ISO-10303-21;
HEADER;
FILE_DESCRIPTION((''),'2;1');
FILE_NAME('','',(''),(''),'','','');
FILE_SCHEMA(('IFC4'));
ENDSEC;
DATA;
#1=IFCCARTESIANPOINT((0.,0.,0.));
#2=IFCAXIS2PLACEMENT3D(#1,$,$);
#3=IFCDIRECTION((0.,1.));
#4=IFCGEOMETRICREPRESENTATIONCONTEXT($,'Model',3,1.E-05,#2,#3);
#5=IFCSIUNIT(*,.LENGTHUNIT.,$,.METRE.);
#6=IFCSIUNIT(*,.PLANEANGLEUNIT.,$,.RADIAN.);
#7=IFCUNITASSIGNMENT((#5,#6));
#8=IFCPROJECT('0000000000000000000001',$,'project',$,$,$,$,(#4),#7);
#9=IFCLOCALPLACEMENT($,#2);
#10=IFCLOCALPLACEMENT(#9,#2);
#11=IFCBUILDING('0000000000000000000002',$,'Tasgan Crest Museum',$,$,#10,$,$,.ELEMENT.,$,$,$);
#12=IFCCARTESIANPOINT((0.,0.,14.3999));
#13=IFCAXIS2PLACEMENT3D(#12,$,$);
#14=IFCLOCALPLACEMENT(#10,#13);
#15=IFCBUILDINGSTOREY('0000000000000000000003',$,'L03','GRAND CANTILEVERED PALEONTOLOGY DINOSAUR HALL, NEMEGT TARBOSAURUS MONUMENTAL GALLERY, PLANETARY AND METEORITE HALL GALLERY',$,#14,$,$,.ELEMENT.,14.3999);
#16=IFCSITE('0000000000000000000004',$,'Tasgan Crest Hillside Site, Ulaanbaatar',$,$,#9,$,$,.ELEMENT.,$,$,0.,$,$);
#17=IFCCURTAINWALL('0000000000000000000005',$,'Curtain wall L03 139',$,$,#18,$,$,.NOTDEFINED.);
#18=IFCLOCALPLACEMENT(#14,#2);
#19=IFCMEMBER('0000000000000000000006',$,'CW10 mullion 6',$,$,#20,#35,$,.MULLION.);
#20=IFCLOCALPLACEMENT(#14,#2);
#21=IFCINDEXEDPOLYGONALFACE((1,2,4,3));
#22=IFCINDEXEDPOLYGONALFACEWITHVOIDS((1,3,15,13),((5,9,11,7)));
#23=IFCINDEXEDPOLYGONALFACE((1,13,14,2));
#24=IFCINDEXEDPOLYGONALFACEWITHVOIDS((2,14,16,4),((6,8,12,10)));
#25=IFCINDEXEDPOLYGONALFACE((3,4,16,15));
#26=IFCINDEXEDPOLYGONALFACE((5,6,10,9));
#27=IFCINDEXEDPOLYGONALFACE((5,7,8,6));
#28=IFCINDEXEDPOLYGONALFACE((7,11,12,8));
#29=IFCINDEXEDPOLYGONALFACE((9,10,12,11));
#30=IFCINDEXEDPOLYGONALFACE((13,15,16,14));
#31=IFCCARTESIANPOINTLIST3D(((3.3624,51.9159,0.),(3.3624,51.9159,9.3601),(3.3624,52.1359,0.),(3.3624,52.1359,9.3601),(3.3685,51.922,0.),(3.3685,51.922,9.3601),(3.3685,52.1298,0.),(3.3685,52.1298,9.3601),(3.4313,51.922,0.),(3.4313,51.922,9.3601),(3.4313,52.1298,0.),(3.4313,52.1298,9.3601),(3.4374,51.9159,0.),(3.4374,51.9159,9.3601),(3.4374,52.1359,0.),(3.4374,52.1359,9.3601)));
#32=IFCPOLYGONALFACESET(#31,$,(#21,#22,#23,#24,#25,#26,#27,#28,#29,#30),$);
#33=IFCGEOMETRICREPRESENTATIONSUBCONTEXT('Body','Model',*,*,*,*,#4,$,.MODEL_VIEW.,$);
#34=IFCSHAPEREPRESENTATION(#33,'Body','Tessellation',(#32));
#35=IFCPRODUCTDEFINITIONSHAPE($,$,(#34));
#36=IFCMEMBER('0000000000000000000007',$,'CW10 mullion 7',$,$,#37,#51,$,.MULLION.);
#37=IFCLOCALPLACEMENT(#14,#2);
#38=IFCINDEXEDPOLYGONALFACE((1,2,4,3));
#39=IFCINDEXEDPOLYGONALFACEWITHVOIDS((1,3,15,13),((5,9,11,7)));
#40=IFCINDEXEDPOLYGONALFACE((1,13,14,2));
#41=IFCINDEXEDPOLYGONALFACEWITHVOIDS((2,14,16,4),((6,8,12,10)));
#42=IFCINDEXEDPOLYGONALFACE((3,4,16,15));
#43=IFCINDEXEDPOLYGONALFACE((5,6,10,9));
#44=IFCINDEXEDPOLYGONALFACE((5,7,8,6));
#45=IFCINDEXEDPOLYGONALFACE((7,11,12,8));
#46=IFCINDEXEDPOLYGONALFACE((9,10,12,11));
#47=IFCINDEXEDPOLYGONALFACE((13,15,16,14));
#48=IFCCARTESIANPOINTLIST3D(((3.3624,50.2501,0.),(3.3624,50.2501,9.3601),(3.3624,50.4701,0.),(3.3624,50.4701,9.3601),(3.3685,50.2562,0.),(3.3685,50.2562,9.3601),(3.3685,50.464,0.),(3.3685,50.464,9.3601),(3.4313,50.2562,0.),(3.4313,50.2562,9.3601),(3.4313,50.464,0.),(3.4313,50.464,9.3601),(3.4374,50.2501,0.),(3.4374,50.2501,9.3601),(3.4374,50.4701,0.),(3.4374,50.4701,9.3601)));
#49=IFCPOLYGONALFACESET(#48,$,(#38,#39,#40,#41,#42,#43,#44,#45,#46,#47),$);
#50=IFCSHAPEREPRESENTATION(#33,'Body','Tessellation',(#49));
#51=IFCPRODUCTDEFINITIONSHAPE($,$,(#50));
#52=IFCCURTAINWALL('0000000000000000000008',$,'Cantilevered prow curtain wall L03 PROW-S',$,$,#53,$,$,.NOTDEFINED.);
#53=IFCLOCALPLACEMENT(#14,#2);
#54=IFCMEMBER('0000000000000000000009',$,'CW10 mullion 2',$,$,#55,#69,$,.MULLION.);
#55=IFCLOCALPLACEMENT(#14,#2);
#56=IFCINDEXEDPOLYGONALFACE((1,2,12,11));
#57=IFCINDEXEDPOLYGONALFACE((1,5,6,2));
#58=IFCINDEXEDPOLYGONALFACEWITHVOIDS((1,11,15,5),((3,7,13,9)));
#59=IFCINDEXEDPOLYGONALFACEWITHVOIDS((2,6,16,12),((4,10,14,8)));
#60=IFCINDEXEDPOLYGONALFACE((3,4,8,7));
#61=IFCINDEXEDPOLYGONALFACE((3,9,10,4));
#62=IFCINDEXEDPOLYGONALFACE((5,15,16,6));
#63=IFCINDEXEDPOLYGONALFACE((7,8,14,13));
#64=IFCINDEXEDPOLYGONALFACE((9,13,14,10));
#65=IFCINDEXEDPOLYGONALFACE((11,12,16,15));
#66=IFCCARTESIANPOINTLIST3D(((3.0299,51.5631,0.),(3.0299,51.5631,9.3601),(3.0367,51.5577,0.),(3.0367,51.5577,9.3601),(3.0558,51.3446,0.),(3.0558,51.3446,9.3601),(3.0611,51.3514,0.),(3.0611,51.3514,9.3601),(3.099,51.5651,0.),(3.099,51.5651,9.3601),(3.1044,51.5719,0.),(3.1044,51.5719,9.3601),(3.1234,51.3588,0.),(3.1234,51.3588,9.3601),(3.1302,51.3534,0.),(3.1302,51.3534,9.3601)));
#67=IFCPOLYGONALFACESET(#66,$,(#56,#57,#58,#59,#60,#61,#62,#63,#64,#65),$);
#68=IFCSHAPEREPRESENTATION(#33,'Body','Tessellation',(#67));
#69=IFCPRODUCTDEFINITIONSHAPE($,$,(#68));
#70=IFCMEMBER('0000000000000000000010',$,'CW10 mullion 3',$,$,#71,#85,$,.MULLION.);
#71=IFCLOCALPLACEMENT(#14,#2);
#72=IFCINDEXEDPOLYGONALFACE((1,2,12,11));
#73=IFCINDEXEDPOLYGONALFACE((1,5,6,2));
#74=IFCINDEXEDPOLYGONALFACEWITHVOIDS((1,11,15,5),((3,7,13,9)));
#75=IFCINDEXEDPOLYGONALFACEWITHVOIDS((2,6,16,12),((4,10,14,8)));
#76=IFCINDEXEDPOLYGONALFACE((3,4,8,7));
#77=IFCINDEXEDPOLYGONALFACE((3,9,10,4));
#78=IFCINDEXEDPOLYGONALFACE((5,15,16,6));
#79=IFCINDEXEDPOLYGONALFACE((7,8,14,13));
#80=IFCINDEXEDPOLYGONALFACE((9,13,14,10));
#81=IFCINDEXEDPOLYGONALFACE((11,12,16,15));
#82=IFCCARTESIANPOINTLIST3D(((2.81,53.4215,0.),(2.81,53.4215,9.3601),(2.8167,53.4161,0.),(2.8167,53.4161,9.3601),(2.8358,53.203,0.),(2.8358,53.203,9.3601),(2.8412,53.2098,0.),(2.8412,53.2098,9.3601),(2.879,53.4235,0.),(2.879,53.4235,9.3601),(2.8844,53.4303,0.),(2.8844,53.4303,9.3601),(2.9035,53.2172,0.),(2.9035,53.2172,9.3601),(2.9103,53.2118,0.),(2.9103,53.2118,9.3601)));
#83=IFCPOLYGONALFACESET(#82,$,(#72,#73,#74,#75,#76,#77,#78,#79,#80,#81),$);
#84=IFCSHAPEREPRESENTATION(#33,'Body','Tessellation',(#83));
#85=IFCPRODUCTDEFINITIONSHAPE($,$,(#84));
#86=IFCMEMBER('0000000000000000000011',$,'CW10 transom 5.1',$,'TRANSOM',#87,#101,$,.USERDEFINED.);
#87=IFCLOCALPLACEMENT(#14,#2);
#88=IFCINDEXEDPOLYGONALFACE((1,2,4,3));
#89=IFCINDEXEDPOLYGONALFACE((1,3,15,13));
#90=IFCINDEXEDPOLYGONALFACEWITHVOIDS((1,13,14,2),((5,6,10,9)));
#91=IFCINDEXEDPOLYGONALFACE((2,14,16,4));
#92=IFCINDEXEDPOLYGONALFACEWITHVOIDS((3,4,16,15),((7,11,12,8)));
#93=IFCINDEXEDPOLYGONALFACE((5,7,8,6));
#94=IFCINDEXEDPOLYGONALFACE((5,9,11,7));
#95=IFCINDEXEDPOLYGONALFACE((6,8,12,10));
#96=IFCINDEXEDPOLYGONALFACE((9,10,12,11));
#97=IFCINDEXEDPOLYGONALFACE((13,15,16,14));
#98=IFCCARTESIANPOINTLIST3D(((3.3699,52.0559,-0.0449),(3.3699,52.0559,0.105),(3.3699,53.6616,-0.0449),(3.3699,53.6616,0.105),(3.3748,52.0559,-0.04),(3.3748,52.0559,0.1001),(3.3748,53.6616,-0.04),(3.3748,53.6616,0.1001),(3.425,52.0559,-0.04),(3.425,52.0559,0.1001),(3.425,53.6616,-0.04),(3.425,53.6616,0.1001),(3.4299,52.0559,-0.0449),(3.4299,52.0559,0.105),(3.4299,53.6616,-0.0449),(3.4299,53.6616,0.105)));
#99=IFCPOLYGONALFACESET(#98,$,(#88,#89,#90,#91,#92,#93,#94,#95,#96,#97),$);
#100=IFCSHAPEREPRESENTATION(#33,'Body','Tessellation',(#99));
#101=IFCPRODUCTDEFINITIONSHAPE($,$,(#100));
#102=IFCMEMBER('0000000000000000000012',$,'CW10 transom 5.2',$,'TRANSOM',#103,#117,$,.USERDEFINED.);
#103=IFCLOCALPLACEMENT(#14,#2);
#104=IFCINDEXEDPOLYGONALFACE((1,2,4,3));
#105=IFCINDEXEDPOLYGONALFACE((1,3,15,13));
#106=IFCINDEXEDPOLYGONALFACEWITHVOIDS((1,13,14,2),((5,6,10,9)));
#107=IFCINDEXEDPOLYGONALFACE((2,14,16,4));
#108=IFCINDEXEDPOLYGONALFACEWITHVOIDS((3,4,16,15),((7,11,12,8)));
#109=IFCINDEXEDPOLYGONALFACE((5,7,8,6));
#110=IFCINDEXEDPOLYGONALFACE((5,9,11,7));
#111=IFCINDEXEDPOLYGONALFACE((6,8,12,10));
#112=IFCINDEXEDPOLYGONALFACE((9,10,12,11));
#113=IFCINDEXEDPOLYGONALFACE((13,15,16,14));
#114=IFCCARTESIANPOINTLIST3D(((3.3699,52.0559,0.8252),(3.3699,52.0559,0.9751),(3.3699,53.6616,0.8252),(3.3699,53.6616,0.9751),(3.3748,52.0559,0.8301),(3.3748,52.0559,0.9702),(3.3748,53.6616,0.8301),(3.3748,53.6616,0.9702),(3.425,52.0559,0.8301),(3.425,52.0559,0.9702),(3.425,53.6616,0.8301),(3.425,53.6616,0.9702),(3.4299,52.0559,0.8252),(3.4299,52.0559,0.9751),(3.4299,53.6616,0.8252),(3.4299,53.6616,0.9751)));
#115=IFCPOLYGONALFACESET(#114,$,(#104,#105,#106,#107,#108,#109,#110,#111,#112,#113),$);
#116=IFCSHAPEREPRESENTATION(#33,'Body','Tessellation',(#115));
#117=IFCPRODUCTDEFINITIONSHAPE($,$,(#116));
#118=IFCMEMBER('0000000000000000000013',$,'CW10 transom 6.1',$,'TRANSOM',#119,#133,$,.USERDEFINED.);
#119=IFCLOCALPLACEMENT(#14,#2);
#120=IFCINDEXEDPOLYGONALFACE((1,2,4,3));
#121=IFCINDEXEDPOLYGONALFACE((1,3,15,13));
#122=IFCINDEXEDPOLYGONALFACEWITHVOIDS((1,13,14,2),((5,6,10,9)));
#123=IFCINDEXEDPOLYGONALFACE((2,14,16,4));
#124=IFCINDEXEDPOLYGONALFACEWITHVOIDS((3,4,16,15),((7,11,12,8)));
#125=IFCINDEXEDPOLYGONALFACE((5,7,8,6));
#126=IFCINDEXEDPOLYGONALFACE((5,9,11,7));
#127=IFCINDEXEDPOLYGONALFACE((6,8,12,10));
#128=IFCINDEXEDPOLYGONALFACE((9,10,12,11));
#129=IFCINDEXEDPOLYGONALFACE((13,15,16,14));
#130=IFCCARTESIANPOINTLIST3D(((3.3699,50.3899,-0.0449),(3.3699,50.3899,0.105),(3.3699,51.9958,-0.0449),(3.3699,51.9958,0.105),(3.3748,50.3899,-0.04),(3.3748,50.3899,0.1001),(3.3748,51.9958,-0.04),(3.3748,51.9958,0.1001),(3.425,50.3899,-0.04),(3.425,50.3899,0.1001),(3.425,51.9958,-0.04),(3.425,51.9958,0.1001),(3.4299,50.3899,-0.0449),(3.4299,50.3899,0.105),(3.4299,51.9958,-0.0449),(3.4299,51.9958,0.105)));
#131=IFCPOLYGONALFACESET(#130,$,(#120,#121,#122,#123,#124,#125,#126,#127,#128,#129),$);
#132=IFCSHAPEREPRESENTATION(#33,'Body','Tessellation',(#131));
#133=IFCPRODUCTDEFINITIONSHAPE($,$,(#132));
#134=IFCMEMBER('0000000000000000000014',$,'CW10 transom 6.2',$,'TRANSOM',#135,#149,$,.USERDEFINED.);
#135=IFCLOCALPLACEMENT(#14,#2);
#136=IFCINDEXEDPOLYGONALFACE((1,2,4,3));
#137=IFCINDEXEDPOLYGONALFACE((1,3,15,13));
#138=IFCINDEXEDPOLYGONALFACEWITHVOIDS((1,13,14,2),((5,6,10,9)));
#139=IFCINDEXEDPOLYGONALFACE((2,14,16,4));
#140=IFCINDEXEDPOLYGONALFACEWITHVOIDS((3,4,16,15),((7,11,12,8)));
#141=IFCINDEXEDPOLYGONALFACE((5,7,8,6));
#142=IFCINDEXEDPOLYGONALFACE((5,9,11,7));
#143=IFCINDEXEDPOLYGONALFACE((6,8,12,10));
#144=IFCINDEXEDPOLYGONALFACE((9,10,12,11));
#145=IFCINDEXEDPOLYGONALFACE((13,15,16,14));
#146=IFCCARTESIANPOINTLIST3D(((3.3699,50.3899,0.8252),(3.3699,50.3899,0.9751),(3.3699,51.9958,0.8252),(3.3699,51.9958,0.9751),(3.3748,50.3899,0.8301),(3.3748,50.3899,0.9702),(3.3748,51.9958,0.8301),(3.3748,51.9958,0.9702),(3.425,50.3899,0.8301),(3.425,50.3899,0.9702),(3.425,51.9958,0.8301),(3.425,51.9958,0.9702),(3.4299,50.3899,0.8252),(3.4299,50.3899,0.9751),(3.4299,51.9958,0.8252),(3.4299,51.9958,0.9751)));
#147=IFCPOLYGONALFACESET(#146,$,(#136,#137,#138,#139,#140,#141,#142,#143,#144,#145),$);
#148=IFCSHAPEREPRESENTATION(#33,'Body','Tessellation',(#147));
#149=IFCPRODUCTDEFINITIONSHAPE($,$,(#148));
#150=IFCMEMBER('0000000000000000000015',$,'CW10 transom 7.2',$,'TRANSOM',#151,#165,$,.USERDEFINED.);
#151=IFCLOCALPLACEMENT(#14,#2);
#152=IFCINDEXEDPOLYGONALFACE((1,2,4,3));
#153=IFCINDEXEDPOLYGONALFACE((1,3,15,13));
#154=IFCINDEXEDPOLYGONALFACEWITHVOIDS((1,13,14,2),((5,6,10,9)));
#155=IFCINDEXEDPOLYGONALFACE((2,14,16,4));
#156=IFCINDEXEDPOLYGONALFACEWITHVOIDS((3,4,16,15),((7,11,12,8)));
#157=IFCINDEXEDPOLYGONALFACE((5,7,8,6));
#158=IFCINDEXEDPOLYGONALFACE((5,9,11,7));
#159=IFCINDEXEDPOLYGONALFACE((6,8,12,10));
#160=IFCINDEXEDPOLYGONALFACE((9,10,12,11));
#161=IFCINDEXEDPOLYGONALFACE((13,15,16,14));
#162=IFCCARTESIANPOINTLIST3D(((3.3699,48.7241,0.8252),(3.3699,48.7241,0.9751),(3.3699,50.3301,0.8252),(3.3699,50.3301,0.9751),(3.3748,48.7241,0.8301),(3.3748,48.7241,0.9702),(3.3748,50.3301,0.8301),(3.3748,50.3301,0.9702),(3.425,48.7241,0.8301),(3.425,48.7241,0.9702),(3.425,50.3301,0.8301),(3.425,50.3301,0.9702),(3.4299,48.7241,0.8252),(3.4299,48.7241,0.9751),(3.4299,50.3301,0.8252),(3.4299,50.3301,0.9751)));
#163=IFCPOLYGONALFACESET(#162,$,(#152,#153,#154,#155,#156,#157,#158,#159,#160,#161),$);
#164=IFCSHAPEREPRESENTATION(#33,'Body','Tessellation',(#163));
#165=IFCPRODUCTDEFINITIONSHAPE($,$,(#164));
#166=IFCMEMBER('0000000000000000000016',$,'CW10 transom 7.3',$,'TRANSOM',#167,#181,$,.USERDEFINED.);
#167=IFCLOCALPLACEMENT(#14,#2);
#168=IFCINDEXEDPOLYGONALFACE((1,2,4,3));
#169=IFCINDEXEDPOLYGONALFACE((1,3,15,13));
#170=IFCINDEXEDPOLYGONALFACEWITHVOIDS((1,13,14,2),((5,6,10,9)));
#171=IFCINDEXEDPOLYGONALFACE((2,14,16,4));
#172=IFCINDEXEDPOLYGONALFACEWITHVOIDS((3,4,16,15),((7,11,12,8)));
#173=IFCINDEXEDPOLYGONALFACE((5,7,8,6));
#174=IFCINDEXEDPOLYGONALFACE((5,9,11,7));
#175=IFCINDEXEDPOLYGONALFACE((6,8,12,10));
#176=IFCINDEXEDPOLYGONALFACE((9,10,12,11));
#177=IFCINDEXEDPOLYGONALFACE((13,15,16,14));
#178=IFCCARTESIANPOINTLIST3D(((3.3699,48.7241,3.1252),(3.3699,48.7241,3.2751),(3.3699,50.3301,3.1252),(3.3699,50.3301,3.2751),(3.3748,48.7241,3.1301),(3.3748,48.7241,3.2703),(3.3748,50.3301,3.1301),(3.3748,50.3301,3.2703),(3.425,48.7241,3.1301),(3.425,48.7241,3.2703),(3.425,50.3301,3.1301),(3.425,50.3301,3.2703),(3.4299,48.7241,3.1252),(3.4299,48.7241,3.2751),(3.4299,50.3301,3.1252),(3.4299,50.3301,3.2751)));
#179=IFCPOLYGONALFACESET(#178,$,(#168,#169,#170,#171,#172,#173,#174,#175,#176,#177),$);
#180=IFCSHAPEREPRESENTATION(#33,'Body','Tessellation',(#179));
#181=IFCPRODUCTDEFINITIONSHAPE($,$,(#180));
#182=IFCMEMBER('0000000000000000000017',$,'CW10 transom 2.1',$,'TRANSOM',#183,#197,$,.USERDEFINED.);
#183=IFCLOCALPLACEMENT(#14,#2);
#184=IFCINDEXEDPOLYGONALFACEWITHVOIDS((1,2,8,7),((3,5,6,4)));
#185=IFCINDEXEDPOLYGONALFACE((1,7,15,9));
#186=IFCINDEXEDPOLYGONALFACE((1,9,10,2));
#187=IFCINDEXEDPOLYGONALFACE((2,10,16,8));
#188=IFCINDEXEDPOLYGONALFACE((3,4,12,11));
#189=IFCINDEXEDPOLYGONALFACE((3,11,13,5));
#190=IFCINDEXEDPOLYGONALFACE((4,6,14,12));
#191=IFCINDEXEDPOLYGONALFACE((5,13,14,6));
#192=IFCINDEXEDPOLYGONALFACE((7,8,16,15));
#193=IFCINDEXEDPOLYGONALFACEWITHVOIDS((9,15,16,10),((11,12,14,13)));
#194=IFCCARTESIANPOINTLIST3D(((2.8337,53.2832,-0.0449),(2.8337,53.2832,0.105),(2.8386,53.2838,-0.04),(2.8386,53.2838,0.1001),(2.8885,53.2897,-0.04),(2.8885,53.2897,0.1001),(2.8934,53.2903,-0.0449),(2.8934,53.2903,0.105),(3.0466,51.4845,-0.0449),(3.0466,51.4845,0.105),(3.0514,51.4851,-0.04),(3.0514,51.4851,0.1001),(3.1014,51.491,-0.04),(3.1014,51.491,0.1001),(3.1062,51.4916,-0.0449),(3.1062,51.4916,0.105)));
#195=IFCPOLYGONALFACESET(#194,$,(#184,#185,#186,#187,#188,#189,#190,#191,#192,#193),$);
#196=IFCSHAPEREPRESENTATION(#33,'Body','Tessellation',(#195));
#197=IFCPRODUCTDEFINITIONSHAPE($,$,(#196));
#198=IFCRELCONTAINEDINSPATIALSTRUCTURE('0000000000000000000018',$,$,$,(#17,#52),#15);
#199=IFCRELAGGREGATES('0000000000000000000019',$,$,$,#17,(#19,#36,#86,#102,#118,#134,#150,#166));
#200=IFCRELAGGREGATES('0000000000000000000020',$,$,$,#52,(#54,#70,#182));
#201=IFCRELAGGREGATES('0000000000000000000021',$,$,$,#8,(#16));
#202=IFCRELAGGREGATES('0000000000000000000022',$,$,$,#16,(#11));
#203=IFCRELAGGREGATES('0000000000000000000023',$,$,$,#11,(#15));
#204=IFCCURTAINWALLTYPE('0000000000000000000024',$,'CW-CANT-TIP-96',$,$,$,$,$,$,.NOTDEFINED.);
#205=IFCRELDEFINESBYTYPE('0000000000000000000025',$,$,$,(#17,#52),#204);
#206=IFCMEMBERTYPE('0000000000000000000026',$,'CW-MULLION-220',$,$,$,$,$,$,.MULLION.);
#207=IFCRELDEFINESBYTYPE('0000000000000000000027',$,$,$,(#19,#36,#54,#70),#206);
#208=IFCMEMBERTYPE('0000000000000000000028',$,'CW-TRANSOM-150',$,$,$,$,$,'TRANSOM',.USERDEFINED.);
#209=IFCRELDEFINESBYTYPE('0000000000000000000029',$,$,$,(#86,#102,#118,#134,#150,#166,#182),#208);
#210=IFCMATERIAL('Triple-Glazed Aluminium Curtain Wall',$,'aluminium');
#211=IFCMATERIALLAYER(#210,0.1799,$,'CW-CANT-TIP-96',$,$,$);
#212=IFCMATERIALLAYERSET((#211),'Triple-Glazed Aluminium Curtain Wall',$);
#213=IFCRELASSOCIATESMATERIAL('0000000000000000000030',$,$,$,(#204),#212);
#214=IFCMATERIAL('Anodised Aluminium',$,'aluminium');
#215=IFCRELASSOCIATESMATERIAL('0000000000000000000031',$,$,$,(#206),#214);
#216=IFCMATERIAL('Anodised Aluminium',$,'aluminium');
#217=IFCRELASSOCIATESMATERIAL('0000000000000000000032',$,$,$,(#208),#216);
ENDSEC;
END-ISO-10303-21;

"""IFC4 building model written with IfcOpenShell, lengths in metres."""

from ifc_helpers import new_model, si_unit, direction, frame, origin, origin_2d, place, context, subcontext, project, spatial, hollow_rectangle, extrude, material, layer, layer_set, material_profile, profile_set, type_object, element, aggregate, save


model = new_model("IFC4")

# Units and contexts
model_context = context("Model", 3, precision=1e-05, world=origin(), true_north=direction((0.0, 1.0)))
body_context = subcontext(model_context, "Body", "Model", "MODEL_VIEW")
ifc_project = project(units=[si_unit("LENGTHUNIT", "METRE"), si_unit("PLANEANGLEUNIT", "RADIAN")], contexts=[model_context])

# Site, building, storey
site_placement = place(None, origin())
site = spatial("IfcSite", under=ifc_project, at=site_placement, Name="Tasgan Crest Hillside Site, Ulaanbaatar", CompositionType="ELEMENT", RefElevation=0.0)
building_placement = place(site_placement, origin())
building = spatial("IfcBuilding", under=site, at=building_placement, Name="Tasgan Crest Museum", CompositionType="ELEMENT")
storey_placement = place(building_placement, frame((0.0, 0.0, 14.3999)))
storey = spatial("IfcBuildingStorey", under=building, at=storey_placement, Name="L03", Description="GRAND CANTILEVERED PALEONTOLOGY DINOSAUR HALL, NEMEGT TARBOSAURUS MONUMENTAL GALLERY, PLANETARY AND METEORITE HALL GALLERY", CompositionType="ELEMENT", Elevation=14.3999)

# Curtain walls, members
ifc_material_1 = material(Name="Triple-Glazed Aluminium Curtain Wall", Category="aluminium")
ifc_layer_1 = layer(ifc_material_1, 0.1799, Name="CW-CANT-TIP-96")
ifc_layer_set_1 = layer_set([ifc_layer_1], Name="Triple-Glazed Aluminium Curtain Wall")
curtain_wall_type = type_object("IfcCurtainWallType", Name="CW-CANT-TIP-96", PredefinedType="NOTDEFINED", material=ifc_layer_set_1)
curtain_wall_1_placement = place(storey_placement, origin())
curtain_wall_1 = element("IfcCurtainWall", 1, at=curtain_wall_1_placement, inside=storey, type_object=curtain_wall_type, Name="Curtain wall L03 139", PredefinedType="NOTDEFINED")
ifc_material_2 = material(Name="Anodised Aluminium", Category="aluminium")
ifc_material_profile_1 = material_profile(ifc_material_2, hollow_rectangle(XDim=0.075, YDim=0.22, WallThickness=0.0061, at=origin_2d()), Name="ALU MULLION 220x75x6")
ifc_profile_set_1 = profile_set([ifc_material_profile_1], Name="Anodised Aluminium")
member_type_1 = type_object("IfcMemberType", Name="CW-MULLION-220", PredefinedType="MULLION", material=ifc_profile_set_1)
member_1_placement = place(storey_placement, frame((3.3999, 52.0259, 0.0), z_axis=(0.0, 0.0, 1.0), x_axis=(1.0, 0.0, 0.0)))
member_1 = element("IfcMember", 2, at=member_1_placement, type_object=member_type_1, Name="CW10 mullion 6", PredefinedType="MULLION", context=body_context, shape_type="SweptSolid", body=[
    extrude(hollow_rectangle(XDim=0.075, YDim=0.22, WallThickness=0.0061, at=origin_2d()), origin(), (0.0, 0.0, 1.0), 9.3601),
])
member_2_placement = place(storey_placement, frame((3.3999, 50.3601, 0.0), z_axis=(0.0, 0.0, 1.0), x_axis=(1.0, 0.0, 0.0)))
member_2 = element("IfcMember", 3, at=member_2_placement, type_object=member_type_1, Name="CW10 mullion 7", PredefinedType="MULLION", context=body_context, shape_type="SweptSolid", body=[
    extrude(hollow_rectangle(XDim=0.075, YDim=0.22, WallThickness=0.0061, at=origin_2d()), origin(), (0.0, 0.0, 1.0), 9.3601),
])
curtain_wall_2_placement = place(storey_placement, origin())
curtain_wall_2 = element("IfcCurtainWall", 4, at=curtain_wall_2_placement, inside=storey, type_object=curtain_wall_type, Name="Cantilevered prow curtain wall L03 PROW-S", PredefinedType="NOTDEFINED")
member_3_placement = place(storey_placement, frame((3.0801, 51.4583, 0.0), z_axis=(0.0, 0.0, 1.0), x_axis=(-0.993065, -0.117565, 0.0)))
member_3 = element("IfcMember", 5, at=member_3_placement, type_object=member_type_1, Name="CW10 mullion 2", PredefinedType="MULLION", context=body_context, shape_type="SweptSolid", body=[
    extrude(hollow_rectangle(XDim=0.075, YDim=0.22, WallThickness=0.0061, at=origin_2d()), origin(), (0.0, 0.0, 1.0), 9.3601),
])
member_4_placement = place(storey_placement, frame((2.8601, 53.3167, 0.0), z_axis=(0.0, 0.0, 1.0), x_axis=(-0.993065, -0.117565, 0.0)))
member_4 = element("IfcMember", 6, at=member_4_placement, type_object=member_type_1, Name="CW10 mullion 3", PredefinedType="MULLION", context=body_context, shape_type="SweptSolid", body=[
    extrude(hollow_rectangle(XDim=0.075, YDim=0.22, WallThickness=0.0061, at=origin_2d()), origin(), (0.0, 0.0, 1.0), 9.3601),
])

# Members
ifc_material_3 = material(Name="Anodised Aluminium", Category="aluminium")
ifc_material_profile_2 = material_profile(ifc_material_3, hollow_rectangle(XDim=0.0601, YDim=0.1499, WallThickness=0.0049, at=origin_2d()), Name="ALU TRANSOM 150x60x5")
ifc_profile_set_2 = profile_set([ifc_material_profile_2], Name="Anodised Aluminium")
member_type_2 = type_object("IfcMemberType", Name="CW-TRANSOM-150", ElementType="TRANSOM", PredefinedType="USERDEFINED", material=ifc_profile_set_2)
member_5_placement = place(storey_placement, frame((3.3999, 53.6616, 0.03), z_axis=(0.0, -1.0, 0.0), x_axis=(1.0, 0.0, 0.0)))
member_5 = element("IfcMember", 7, at=member_5_placement, type_object=member_type_2, Name="CW10 transom 5.1", ObjectType="TRANSOM", PredefinedType="USERDEFINED", context=body_context, shape_type="SweptSolid", body=[
    extrude(hollow_rectangle(XDim=0.0601, YDim=0.1499, WallThickness=0.0049, at=origin_2d()), origin(), (0.0, 0.0, 1.0), 1.6057),
])
member_6_placement = place(storey_placement, frame((3.3999, 53.6616, 0.9001), z_axis=(0.0, -1.0, 0.0), x_axis=(1.0, 0.0, 0.0)))
member_6 = element("IfcMember", 8, at=member_6_placement, type_object=member_type_2, Name="CW10 transom 5.2", ObjectType="TRANSOM", PredefinedType="USERDEFINED", context=body_context, shape_type="SweptSolid", body=[
    extrude(hollow_rectangle(XDim=0.0601, YDim=0.1499, WallThickness=0.0049, at=origin_2d()), origin(), (0.0, 0.0, 1.0), 1.6057),
])
member_7_placement = place(storey_placement, frame((3.3999, 51.9958, 0.03), z_axis=(0.0, -1.0, 0.0), x_axis=(1.0, 0.0, 0.0)))
member_7 = element("IfcMember", 9, at=member_7_placement, type_object=member_type_2, Name="CW10 transom 6.1", ObjectType="TRANSOM", PredefinedType="USERDEFINED", context=body_context, shape_type="SweptSolid", body=[
    extrude(hollow_rectangle(XDim=0.0601, YDim=0.1499, WallThickness=0.0049, at=origin_2d()), origin(), (0.0, 0.0, 1.0), 1.606),
])
member_8_placement = place(storey_placement, frame((3.3999, 51.9958, 0.9001), z_axis=(0.0, -1.0, 0.0), x_axis=(1.0, 0.0, 0.0)))
member_8 = element("IfcMember", 10, at=member_8_placement, type_object=member_type_2, Name="CW10 transom 6.2", ObjectType="TRANSOM", PredefinedType="USERDEFINED", context=body_context, shape_type="SweptSolid", body=[
    extrude(hollow_rectangle(XDim=0.0601, YDim=0.1499, WallThickness=0.0049, at=origin_2d()), origin(), (0.0, 0.0, 1.0), 1.606),
])
member_9_placement = place(storey_placement, frame((3.3999, 50.3301, 0.9001), z_axis=(0.0, -1.0, 0.0), x_axis=(1.0, 0.0, 0.0)))
member_9 = element("IfcMember", 11, at=member_9_placement, type_object=member_type_2, Name="CW10 transom 7.2", ObjectType="TRANSOM", PredefinedType="USERDEFINED", context=body_context, shape_type="SweptSolid", body=[
    extrude(hollow_rectangle(XDim=0.0601, YDim=0.1499, WallThickness=0.0049, at=origin_2d()), origin(), (0.0, 0.0, 1.0), 1.606),
])
member_10_placement = place(storey_placement, frame((3.3999, 50.3301, 3.2002), z_axis=(0.0, -1.0, 0.0), x_axis=(1.0, 0.0, 0.0)))
member_10 = element("IfcMember", 12, at=member_10_placement, type_object=member_type_2, Name="CW10 transom 7.3", ObjectType="TRANSOM", PredefinedType="USERDEFINED", context=body_context, shape_type="SweptSolid", body=[
    extrude(hollow_rectangle(XDim=0.0601, YDim=0.1499, WallThickness=0.0049, at=origin_2d()), origin(), (0.0, 0.0, 1.0), 1.606),
])
member_11_placement = place(storey_placement, frame((3.0764, 51.488, 0.03), z_axis=(-0.117529, 0.993069, 0.0), x_axis=(-0.993069, -0.117529, 0.0)))
member_11 = element("IfcMember", 13, at=member_11_placement, type_object=member_type_2, Name="CW10 transom 2.1", ObjectType="TRANSOM", PredefinedType="USERDEFINED", context=body_context, shape_type="SweptSolid", body=[
    extrude(hollow_rectangle(XDim=0.0601, YDim=0.1499, WallThickness=0.0049, at=origin_2d()), origin(), (0.0, 0.0, 1.0), 1.8113),
])

aggregate(curtain_wall_1, [member_1, member_2, member_5, member_6, member_7, member_8, member_9, member_10])
aggregate(curtain_wall_2, [member_3, member_4, member_11])

save(model, "model.ifc")
